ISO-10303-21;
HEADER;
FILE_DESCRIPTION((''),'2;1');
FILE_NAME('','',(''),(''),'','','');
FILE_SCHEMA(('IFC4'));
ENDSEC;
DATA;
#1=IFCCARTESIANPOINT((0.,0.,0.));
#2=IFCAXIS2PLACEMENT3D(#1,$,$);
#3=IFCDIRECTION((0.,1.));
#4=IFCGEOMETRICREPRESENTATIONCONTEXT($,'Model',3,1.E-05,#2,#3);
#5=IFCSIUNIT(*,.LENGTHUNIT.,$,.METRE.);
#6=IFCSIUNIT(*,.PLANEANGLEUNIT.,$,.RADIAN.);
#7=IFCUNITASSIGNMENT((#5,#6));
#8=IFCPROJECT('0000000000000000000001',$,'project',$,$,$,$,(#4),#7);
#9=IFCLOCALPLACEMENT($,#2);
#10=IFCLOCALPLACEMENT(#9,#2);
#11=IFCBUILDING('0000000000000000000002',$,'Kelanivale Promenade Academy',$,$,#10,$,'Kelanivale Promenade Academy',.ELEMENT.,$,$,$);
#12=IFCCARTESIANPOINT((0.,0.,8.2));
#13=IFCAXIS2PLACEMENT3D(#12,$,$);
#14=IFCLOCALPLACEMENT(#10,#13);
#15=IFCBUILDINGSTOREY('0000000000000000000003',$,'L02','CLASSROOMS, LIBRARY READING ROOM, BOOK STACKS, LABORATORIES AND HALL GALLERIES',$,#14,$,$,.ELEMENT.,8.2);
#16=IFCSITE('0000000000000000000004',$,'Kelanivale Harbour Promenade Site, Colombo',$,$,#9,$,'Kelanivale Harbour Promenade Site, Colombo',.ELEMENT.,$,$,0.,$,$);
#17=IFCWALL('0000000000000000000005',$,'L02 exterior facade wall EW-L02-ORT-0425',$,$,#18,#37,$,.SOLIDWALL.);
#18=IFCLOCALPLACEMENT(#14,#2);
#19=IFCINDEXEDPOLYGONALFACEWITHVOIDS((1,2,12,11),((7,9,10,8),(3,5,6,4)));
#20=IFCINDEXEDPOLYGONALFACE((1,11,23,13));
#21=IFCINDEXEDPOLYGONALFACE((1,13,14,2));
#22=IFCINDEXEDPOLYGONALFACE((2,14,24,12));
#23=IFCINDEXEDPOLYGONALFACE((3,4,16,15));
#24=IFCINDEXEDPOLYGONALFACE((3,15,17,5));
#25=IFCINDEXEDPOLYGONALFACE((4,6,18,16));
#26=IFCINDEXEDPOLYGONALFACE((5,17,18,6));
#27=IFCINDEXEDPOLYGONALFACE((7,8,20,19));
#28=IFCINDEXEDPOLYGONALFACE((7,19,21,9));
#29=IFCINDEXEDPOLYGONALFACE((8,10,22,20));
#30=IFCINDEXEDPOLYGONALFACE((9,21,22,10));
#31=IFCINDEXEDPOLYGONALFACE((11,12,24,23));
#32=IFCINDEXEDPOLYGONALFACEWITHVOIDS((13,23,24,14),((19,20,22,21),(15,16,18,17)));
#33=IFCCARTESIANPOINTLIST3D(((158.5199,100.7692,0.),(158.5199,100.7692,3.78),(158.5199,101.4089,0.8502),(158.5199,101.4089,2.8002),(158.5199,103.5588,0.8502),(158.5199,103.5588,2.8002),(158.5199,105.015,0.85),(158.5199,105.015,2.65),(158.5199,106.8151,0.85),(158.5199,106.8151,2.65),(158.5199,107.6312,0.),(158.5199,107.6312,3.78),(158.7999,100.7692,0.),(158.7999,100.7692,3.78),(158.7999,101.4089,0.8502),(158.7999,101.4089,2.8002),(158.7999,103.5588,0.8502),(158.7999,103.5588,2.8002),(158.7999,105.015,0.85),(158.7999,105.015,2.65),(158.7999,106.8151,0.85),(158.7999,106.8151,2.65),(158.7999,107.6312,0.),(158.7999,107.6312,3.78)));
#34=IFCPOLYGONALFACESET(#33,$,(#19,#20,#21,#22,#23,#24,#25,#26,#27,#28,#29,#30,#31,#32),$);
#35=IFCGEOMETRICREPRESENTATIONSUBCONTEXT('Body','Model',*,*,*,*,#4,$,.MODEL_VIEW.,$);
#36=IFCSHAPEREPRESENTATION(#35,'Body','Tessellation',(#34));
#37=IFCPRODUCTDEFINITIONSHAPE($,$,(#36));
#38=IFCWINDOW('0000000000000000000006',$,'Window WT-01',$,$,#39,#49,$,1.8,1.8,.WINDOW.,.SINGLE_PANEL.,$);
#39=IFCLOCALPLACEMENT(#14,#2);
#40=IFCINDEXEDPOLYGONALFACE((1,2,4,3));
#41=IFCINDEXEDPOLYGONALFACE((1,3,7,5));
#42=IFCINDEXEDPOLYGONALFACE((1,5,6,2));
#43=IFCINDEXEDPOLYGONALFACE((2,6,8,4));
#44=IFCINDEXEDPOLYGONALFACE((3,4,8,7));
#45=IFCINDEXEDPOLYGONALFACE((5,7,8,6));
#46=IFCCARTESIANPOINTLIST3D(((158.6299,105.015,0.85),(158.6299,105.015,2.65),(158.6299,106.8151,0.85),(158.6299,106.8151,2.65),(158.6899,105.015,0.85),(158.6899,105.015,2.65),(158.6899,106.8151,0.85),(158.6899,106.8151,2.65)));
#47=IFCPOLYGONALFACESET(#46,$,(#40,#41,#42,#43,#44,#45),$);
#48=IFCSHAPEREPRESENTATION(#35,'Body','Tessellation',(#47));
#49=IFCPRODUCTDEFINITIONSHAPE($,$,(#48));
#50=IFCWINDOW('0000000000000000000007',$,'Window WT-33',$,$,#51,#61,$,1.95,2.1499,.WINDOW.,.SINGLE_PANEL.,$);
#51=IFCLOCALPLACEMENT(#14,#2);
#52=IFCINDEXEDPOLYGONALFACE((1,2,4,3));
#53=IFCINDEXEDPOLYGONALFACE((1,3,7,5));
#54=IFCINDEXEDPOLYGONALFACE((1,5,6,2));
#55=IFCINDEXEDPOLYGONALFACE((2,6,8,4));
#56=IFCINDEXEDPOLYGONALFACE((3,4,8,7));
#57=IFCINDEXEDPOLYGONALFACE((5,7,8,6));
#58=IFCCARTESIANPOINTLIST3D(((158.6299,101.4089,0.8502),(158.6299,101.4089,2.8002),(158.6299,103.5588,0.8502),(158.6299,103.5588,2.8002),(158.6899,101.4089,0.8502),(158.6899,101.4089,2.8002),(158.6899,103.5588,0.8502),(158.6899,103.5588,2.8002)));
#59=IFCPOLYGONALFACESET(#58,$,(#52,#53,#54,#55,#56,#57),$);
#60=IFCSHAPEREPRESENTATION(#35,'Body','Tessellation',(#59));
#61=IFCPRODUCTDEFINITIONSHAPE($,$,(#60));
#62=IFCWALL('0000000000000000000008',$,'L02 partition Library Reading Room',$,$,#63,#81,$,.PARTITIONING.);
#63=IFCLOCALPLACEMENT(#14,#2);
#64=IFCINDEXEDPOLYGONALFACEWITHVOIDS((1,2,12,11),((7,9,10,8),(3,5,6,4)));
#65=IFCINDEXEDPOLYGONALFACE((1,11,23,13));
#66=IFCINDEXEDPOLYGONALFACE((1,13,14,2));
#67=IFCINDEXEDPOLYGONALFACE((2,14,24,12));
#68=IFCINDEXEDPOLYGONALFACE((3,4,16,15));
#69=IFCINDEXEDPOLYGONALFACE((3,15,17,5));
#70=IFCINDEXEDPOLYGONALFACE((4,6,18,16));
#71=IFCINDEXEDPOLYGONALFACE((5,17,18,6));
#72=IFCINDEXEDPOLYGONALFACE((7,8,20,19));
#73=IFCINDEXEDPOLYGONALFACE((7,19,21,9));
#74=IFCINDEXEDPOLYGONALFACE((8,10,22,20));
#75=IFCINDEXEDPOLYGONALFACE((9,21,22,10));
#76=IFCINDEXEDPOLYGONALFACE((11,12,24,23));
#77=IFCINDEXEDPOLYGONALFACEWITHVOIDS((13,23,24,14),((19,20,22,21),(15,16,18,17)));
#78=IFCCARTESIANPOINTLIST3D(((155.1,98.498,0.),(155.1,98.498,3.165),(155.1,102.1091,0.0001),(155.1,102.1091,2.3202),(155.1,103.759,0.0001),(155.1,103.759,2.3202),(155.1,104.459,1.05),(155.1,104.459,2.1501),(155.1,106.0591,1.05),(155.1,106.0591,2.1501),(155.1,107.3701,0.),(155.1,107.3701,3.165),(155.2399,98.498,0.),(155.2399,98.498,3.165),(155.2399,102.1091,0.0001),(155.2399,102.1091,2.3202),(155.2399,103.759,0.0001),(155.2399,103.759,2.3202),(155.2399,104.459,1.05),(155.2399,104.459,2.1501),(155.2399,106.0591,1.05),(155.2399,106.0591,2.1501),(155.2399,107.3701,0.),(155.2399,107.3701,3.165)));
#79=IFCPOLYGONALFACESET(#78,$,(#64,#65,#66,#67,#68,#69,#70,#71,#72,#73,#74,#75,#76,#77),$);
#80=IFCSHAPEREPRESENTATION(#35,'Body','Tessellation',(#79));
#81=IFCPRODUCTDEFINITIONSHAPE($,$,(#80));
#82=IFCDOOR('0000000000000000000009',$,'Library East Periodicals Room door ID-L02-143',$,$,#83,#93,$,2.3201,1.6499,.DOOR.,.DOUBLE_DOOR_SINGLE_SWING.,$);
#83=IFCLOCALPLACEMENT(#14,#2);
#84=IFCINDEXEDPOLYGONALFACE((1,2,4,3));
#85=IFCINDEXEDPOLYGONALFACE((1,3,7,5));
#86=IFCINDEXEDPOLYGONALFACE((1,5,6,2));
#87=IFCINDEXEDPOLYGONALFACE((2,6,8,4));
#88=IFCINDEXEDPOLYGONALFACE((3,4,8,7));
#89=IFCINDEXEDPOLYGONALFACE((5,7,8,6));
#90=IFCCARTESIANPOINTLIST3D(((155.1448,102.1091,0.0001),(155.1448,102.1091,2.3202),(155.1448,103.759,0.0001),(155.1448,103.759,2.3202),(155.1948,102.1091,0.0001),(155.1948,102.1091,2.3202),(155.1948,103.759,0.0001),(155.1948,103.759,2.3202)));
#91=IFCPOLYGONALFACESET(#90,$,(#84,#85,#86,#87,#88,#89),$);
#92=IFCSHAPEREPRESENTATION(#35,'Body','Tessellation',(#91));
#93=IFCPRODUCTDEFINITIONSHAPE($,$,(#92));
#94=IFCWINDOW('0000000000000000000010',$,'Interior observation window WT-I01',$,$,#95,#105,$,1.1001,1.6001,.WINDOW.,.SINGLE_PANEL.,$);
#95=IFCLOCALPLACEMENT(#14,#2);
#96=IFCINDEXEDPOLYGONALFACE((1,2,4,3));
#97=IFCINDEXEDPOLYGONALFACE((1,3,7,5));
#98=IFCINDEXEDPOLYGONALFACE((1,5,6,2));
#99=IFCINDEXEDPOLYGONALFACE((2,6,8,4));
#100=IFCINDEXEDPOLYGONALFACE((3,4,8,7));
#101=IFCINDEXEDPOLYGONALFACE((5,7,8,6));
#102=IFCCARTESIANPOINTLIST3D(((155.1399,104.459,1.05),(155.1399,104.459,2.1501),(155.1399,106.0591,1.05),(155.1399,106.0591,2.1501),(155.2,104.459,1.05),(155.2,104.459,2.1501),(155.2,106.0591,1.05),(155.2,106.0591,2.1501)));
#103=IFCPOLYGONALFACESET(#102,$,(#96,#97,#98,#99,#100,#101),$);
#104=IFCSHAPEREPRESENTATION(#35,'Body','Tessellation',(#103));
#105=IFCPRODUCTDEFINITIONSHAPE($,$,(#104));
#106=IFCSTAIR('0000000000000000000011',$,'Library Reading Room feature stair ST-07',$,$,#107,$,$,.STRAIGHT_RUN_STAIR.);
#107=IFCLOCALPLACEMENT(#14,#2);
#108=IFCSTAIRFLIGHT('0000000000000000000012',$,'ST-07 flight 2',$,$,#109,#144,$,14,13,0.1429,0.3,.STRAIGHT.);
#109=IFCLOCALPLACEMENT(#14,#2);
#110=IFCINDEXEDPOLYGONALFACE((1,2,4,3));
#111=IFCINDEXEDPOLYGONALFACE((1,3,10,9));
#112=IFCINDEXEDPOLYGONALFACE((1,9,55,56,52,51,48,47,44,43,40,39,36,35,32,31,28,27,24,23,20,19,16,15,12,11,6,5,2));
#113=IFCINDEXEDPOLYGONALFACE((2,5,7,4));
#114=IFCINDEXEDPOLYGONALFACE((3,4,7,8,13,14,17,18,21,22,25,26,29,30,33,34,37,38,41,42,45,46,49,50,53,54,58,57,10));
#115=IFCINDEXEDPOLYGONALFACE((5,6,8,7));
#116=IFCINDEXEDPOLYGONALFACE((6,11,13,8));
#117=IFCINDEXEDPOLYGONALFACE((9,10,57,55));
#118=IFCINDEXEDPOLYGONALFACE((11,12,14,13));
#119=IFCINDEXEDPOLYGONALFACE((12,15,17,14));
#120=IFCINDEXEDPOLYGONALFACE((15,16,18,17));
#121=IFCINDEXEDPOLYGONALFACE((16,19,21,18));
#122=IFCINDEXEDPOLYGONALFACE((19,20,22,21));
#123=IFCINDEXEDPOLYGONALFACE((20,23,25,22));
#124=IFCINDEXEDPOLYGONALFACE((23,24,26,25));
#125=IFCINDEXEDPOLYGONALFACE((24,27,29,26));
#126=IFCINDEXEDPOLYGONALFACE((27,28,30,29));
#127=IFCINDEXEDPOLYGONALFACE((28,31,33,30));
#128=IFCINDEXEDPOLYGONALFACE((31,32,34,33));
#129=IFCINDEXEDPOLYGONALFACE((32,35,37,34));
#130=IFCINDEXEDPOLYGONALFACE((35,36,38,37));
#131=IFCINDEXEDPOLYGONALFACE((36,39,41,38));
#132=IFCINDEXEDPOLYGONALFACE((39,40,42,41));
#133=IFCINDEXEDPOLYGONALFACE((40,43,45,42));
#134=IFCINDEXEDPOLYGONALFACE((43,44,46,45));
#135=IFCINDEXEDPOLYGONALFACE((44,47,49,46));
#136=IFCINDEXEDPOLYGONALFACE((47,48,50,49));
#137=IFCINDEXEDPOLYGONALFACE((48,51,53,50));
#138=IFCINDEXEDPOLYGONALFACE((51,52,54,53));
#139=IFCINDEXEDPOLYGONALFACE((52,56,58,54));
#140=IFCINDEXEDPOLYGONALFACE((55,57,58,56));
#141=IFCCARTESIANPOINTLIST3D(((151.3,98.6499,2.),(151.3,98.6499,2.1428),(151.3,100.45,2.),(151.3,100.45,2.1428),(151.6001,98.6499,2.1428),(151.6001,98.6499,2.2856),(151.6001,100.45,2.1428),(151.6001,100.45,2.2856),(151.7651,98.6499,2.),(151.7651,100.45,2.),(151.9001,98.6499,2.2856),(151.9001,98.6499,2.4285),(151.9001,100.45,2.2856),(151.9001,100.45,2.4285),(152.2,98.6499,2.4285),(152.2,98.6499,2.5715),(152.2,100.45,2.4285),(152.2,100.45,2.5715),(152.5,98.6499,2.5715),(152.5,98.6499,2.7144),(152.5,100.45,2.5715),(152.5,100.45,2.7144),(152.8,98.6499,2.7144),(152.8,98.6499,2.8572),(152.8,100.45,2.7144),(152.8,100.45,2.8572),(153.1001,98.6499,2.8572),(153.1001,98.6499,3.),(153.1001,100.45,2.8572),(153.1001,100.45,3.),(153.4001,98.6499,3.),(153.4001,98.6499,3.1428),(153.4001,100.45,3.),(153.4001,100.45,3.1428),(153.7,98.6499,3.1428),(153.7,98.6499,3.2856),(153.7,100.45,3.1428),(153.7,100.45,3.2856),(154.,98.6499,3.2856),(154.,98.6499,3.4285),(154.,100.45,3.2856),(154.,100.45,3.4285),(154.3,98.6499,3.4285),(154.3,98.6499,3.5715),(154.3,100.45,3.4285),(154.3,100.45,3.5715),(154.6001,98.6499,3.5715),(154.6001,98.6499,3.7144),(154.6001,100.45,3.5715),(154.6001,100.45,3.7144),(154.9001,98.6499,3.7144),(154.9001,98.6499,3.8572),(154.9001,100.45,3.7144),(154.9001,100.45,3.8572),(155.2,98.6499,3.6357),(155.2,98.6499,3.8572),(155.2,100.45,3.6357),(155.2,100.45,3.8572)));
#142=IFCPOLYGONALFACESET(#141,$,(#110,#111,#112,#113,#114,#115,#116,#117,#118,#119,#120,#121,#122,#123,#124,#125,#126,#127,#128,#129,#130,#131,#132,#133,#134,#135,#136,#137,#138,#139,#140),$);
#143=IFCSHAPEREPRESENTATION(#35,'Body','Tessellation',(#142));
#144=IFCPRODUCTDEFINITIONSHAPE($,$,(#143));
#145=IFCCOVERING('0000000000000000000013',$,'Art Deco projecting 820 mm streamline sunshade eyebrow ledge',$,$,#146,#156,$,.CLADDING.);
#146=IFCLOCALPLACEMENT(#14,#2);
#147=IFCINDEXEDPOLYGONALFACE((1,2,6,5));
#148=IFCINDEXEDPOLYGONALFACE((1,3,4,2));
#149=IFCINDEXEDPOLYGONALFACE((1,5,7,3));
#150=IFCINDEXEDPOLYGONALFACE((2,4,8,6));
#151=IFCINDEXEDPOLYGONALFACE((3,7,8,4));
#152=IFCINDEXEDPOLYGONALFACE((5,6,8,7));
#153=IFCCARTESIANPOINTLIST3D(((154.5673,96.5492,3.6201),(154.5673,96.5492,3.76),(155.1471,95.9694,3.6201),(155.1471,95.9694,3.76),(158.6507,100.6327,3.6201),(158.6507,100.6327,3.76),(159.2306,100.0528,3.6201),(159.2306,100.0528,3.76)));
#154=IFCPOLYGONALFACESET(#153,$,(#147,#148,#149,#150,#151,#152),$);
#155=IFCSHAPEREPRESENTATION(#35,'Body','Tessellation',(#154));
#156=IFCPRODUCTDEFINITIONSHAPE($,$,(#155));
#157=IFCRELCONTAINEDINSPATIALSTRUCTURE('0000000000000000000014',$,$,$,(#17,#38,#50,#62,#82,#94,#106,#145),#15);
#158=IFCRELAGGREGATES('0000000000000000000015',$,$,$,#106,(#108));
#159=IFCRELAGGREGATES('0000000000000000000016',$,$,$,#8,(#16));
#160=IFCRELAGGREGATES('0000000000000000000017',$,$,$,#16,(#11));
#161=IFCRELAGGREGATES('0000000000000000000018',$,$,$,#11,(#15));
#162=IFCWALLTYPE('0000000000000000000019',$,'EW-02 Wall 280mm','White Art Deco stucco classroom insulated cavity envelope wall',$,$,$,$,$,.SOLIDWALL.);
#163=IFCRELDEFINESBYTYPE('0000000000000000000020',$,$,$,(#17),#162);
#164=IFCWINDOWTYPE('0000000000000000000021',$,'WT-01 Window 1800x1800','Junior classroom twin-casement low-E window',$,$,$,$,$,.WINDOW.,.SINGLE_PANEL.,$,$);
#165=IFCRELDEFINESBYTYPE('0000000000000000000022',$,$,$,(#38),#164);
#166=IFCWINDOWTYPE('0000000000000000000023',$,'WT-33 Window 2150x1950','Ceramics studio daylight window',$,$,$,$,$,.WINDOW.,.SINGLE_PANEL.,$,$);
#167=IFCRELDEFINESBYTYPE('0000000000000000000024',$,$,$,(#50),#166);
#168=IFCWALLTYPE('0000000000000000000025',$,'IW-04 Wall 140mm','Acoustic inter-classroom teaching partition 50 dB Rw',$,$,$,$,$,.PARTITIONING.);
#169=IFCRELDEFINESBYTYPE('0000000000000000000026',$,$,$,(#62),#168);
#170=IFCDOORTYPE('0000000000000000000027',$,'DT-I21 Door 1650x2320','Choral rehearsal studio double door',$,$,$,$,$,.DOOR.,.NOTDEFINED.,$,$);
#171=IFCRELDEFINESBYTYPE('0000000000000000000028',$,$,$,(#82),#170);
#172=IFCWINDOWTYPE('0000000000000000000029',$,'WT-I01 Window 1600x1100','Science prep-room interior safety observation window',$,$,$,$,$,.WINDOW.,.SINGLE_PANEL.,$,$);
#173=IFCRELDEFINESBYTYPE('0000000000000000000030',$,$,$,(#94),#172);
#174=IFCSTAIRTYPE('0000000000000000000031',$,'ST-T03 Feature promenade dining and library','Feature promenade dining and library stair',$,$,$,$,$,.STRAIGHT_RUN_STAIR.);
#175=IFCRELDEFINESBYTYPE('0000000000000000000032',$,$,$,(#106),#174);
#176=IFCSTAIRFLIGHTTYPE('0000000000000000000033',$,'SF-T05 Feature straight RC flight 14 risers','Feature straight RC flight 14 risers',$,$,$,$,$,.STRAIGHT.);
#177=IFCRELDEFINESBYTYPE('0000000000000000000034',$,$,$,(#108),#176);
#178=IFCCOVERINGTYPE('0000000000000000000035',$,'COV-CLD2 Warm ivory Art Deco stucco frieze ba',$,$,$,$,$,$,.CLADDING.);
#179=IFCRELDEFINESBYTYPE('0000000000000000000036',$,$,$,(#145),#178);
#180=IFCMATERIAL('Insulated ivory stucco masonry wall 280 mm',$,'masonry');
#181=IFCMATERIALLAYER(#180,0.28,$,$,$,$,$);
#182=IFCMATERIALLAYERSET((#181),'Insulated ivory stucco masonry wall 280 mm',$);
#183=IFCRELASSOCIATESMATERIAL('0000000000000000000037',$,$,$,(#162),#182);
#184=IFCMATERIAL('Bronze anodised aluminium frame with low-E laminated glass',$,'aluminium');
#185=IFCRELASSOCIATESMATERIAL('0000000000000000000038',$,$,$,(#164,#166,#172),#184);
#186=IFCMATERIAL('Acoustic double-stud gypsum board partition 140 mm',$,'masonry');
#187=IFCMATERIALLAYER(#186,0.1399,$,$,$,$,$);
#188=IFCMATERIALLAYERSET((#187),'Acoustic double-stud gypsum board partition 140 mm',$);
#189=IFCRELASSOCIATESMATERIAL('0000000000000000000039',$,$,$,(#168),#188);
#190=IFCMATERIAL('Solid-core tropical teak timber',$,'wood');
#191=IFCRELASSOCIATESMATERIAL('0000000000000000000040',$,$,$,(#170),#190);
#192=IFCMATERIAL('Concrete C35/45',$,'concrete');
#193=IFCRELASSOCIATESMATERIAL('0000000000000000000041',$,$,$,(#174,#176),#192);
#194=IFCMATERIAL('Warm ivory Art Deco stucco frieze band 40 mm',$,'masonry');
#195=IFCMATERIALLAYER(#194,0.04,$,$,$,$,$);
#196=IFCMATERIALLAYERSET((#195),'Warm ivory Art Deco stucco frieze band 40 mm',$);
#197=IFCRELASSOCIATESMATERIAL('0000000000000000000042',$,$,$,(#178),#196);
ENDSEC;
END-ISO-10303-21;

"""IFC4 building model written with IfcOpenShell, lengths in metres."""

from ifc_helpers import new_model, si_unit, direction, frame, frame_2d, origin, origin_2d, place, context, subcontext, project, spatial, polyline, rectangle, outline, extrude, material, layer, layer_set, type_object, element, fill, aggregate, save


model = new_model("IFC4")

# Units and contexts
model_context = context("Model", 3, precision=1e-05, world=origin(), true_north=direction((0.0, 1.0)))
body_context = subcontext(model_context, "Body", "Model", "MODEL_VIEW")
ifc_project = project(units=[si_unit("LENGTHUNIT", "METRE"), si_unit("PLANEANGLEUNIT", "RADIAN")], contexts=[model_context])

# Site, building, storey
site_placement = place(None, origin())
site = spatial("IfcSite", under=ifc_project, at=site_placement, Name="Kelanivale Harbour Promenade Site, Colombo", LongName="Kelanivale Harbour Promenade Site, Colombo", CompositionType="ELEMENT", RefElevation=0.0)
building_placement = place(site_placement, origin())
building = spatial("IfcBuilding", under=site, at=building_placement, Name="Kelanivale Promenade Academy", LongName="Kelanivale Promenade Academy", CompositionType="ELEMENT")
storey_placement = place(building_placement, frame((0.0, 0.0, 8.2)))
storey = spatial("IfcBuildingStorey", under=building, at=storey_placement, Name="L02", Description="CLASSROOMS, LIBRARY READING ROOM, BOOK STACKS, LABORATORIES AND HALL GALLERIES", CompositionType="ELEMENT", Elevation=8.2)

# Shared definitions
ifc_material_1 = material(Name="Concrete C35/45", Category="concrete")

# Shared definitions
ifc_material_2 = material(Name="Insulated ivory stucco masonry wall 280 mm", Category="masonry")
ifc_layer_1 = layer(ifc_material_2, 0.28)
ifc_layer_set_1 = layer_set([ifc_layer_1], Name="Insulated ivory stucco masonry wall 280 mm")
wall_type_1 = type_object("IfcWallType", Name="EW-02 Wall 280mm", Description="White Art Deco stucco classroom insulated cavity envelope wall", PredefinedType="SOLIDWALL", material=ifc_layer_set_1)
ifc_material_3 = material(Name="Bronze anodised aluminium frame with low-E laminated glass", Category="aluminium")

# Wall, openings, windows
wall_1_placement = place(storey_placement, frame((158.6599, 100.769, 0.0), z_axis=(0.0, 0.0, 1.0), x_axis=(0.0, 1.0, 0.0)))
wall_1 = element("IfcWall", 1, at=wall_1_placement, inside=storey, type_object=wall_type_1, Name="L02 exterior facade wall EW-L02-ORT-0425", PredefinedType="SOLIDWALL", context=body_context, shape_type="SweptSolid", body=[
    extrude(rectangle(XDim=6.8621, YDim=0.28, at=frame_2d((3.4312, 0.0))), origin(), (0.0, 0.0, 1.0), 3.78),
])
opening_1_placement = place(wall_1_placement, frame((0.6399, 0.0, 0.8501)))
opening_1 = element("IfcOpeningElement", 2, at=opening_1_placement, cuts=wall_1, PredefinedType="OPENING", context=body_context, shape_type="SweptSolid", body=[
    extrude(rectangle(XDim=2.1499, YDim=1.95, at=frame_2d((1.075, 0.9751))), frame((0.0, 0.1499, 0.0), z_axis=(0.0, -1.0, 0.0), x_axis=(1.0, 0.0, 0.0)), (0.0, 0.0, 1.0), 0.3),
])
opening_2_placement = place(wall_1_placement, frame((4.2461, 0.0, 0.8501)))
opening_2 = element("IfcOpeningElement", 3, at=opening_2_placement, cuts=wall_1, PredefinedType="OPENING", context=body_context, shape_type="SweptSolid", body=[
    extrude(rectangle(XDim=1.8, YDim=1.8, at=frame_2d((0.8999, 0.8999))), frame((0.0, 0.1499, 0.0), z_axis=(0.0, -1.0, 0.0), x_axis=(1.0, 0.0, 0.0)), (0.0, 0.0, 1.0), 0.3),
])
window_type_1 = type_object("IfcWindowType", Name="WT-01 Window 1800x1800", Description="Junior classroom twin-casement low-E window", PartitioningType="SINGLE_PANEL", PredefinedType="WINDOW", material=ifc_material_3)
window_1_placement = place(opening_2_placement, origin())
window_1 = element("IfcWindow", 4, at=window_1_placement, inside=storey, type_object=window_type_1, Name="Window WT-01", OverallHeight=1.8, OverallWidth=1.8, PartitioningType="SINGLE_PANEL", PredefinedType="WINDOW", context=body_context, shape_type="SweptSolid", body=[
    extrude(rectangle(XDim=1.8, YDim=1.8, at=frame_2d((0.8999, 0.8999))), frame((0.0, 0.03, 0.0), z_axis=(0.0, -1.0, 0.0), x_axis=(1.0, 0.0, 0.0)), (0.0, 0.0, 1.0), 0.0601),
])
fill(opening_2, window_1)
window_type_2 = type_object("IfcWindowType", Name="WT-33 Window 2150x1950", Description="Ceramics studio daylight window", PartitioningType="SINGLE_PANEL", PredefinedType="WINDOW", material=ifc_material_3)
window_2_placement = place(opening_1_placement, origin())
window_2 = element("IfcWindow", 5, at=window_2_placement, inside=storey, type_object=window_type_2, Name="Window WT-33", OverallHeight=1.95, OverallWidth=2.1499, PartitioningType="SINGLE_PANEL", PredefinedType="WINDOW", context=body_context, shape_type="SweptSolid", body=[
    extrude(rectangle(XDim=2.1499, YDim=1.95, at=frame_2d((1.075, 0.9751))), frame((0.0, 0.03, 0.0), z_axis=(0.0, -1.0, 0.0), x_axis=(1.0, 0.0, 0.0)), (0.0, 0.0, 1.0), 0.0601),
])
fill(opening_1, window_2)

# Wall, openings, door, window
ifc_material_4 = material(Name="Acoustic double-stud gypsum board partition 140 mm", Category="masonry")
ifc_layer_2 = layer(ifc_material_4, 0.1399)
ifc_layer_set_2 = layer_set([ifc_layer_2], Name="Acoustic double-stud gypsum board partition 140 mm")
wall_type_2 = type_object("IfcWallType", Name="IW-04 Wall 140mm", Description="Acoustic inter-classroom teaching partition 50 dB Rw", PredefinedType="PARTITIONING", material=ifc_layer_set_2)
wall_2_placement = place(storey_placement, frame((155.1699, 98.498, 0.0), z_axis=(0.0, 0.0, 1.0), x_axis=(0.0, 1.0, 0.0)))
wall_2 = element("IfcWall", 6, at=wall_2_placement, inside=storey, type_object=wall_type_2, Name="L02 partition Library Reading Room", PredefinedType="PARTITIONING", context=body_context, shape_type="SweptSolid", body=[
    extrude(rectangle(XDim=8.8721, YDim=0.1399, at=frame_2d((4.436, 0.0))), origin(), (0.0, 0.0, 1.0), 3.165),
])
opening_3_placement = place(wall_2_placement, frame((3.6111, 0.0, 0.0)))
opening_3 = element("IfcOpeningElement", 7, at=opening_3_placement, cuts=wall_2, PredefinedType="OPENING", context=body_context, shape_type="SweptSolid", body=[
    extrude(rectangle(XDim=1.6499, YDim=2.3201, at=frame_2d((0.825, 1.1602))), frame((0.0, 0.0801, 0.0), z_axis=(0.0, -1.0, 0.0), x_axis=(1.0, 0.0, 0.0)), (0.0, 0.0, 1.0), 0.1599),
])
opening_4_placement = place(wall_2_placement, frame((5.9609, 0.0, 1.05)))
opening_4 = element("IfcOpeningElement", 8, at=opening_4_placement, cuts=wall_2, PredefinedType="OPENING", context=body_context, shape_type="SweptSolid", body=[
    extrude(rectangle(XDim=1.6001, YDim=1.1001, at=frame_2d((0.8, 0.55))), frame((0.0, 0.0801, 0.0), z_axis=(0.0, -1.0, 0.0), x_axis=(1.0, 0.0, 0.0)), (0.0, 0.0, 1.0), 0.1599),
])
ifc_material_5 = material(Name="Solid-core tropical teak timber", Category="wood")
door_type = type_object("IfcDoorType", Name="DT-I21 Door 1650x2320", Description="Choral rehearsal studio double door", OperationType="NOTDEFINED", PredefinedType="DOOR", material=ifc_material_5)
door_placement = place(opening_3_placement, frame((1.6499, 0.0, 0.0), z_axis=(0.0, 0.0, 1.0), x_axis=(-1.0, 0.0, 0.0)))
door = element("IfcDoor", 9, at=door_placement, inside=storey, type_object=door_type, Name="Library East Periodicals Room door ID-L02-143", OperationType="DOUBLE_DOOR_SINGLE_SWING", OverallHeight=2.3201, OverallWidth=1.6499, PredefinedType="DOOR", context=body_context, shape_type="SweptSolid", body=[
    extrude(rectangle(XDim=1.6499, YDim=2.3201, at=frame_2d((0.825, 1.1602))), frame((0.0, 0.0249, 0.0), z_axis=(0.0, -1.0, 0.0), x_axis=(1.0, 0.0, 0.0)), (0.0, 0.0, 1.0), 0.05),
])
fill(opening_3, door)
window_type_3 = type_object("IfcWindowType", Name="WT-I01 Window 1600x1100", Description="Science prep-room interior safety observation window", PartitioningType="SINGLE_PANEL", PredefinedType="WINDOW", material=ifc_material_3)
window_3_placement = place(opening_4_placement, origin())
window_3 = element("IfcWindow", 10, at=window_3_placement, inside=storey, type_object=window_type_3, Name="Interior observation window WT-I01", OverallHeight=1.1001, OverallWidth=1.6001, PartitioningType="SINGLE_PANEL", PredefinedType="WINDOW", context=body_context, shape_type="SweptSolid", body=[
    extrude(rectangle(XDim=1.6001, YDim=1.1001, at=frame_2d((0.8, 0.55))), frame((0.0, 0.03, 0.0), z_axis=(0.0, -1.0, 0.0), x_axis=(1.0, 0.0, 0.0)), (0.0, 0.0, 1.0), 0.0601),
])
fill(opening_4, window_3)

# Stair, stair flight
stair_type = type_object("IfcStairType", Name="ST-T03 Feature promenade dining and library", Description="Feature promenade dining and library stair", PredefinedType="STRAIGHT_RUN_STAIR", material=ifc_material_1)
stair_placement = place(storey_placement, origin())
stair = element("IfcStair", 11, at=stair_placement, inside=storey, type_object=stair_type, Name="Library Reading Room feature stair ST-07", PredefinedType="STRAIGHT_RUN_STAIR")
stair_flight_type = type_object("IfcStairFlightType", Name="SF-T05 Feature straight RC flight 14 risers", Description="Feature straight RC flight 14 risers", PredefinedType="STRAIGHT", material=ifc_material_1)
stair_flight_placement = place(storey_placement, frame((151.3, 99.55, 2.0), z_axis=(0.0, 0.0, 1.0), x_axis=(1.0, 0.0, 0.0)))
stair_flight = element("IfcStairFlight", 12, at=stair_flight_placement, type_object=stair_flight_type, Name="ST-07 flight 2", NumberOfRisers=14, NumberOfTreads=13, PredefinedType="STRAIGHT", RiserHeight=0.1429, TreadLength=0.3, context=body_context, shape_type="SweptSolid", body=[
    extrude(outline(polyline([(0.0, 0.0), (0.0, 0.1428), (0.3, 0.1428), (0.3, 0.2856), (0.6001, 0.2856), (0.6001, 0.4285), (0.8999, 0.4285), (0.8999, 0.5715), (1.2, 0.5715), (1.2, 0.7144), (1.5, 0.7144), (1.5, 0.8572), (1.8, 0.8572), (1.8, 1.0), (2.1001, 1.0), (2.1001, 1.1428), (2.3999, 1.1428), (2.3999, 1.2856), (2.7, 1.2856), (2.7, 1.4285), (3.0, 1.4285), (3.0, 1.5715), (3.3, 1.5715), (3.3, 1.7144), (3.6001, 1.7144), (3.6001, 1.8572), (3.8999, 1.8572), (3.8999, 2.0), (3.8999, 1.6357), (0.4651, 0.0), (0.0, 0.0)])), frame((0.0, 0.8999, 0.0), z_axis=(0.0, -1.0, 0.0), x_axis=(1.0, 0.0, 0.0)), (0.0, 0.0, 1.0), 1.8),
])
aggregate(stair, [stair_flight])

# Covering
ifc_material_6 = material(Name="Warm ivory Art Deco stucco frieze band 40 mm", Category="masonry")
ifc_layer_3 = layer(ifc_material_6, 0.04)
ifc_layer_set_3 = layer_set([ifc_layer_3], Name="Warm ivory Art Deco stucco frieze band 40 mm")
covering_type = type_object("IfcCoveringType", Name="COV-CLD2 Warm ivory Art Deco stucco frieze ba", PredefinedType="CLADDING", material=ifc_layer_set_3)
covering_1_placement = place(storey_placement, frame((156.8989, 98.301, 3.6201), z_axis=(0.0, 0.0, 1.0), x_axis=(0.707107, 0.707107, 0.0)))
element("IfcCovering", 13, at=covering_1_placement, inside=storey, type_object=covering_type, Name="Art Deco projecting 820 mm streamline sunshade eyebrow ledge", PredefinedType="CLADDING", context=body_context, shape_type="SweptSolid", body=[
    extrude(rectangle(XDim=5.7749, YDim=0.8201, at=origin_2d()), origin(), (0.0, 0.0, 1.0), 0.1399),
])

save(model, "model.ifc")
